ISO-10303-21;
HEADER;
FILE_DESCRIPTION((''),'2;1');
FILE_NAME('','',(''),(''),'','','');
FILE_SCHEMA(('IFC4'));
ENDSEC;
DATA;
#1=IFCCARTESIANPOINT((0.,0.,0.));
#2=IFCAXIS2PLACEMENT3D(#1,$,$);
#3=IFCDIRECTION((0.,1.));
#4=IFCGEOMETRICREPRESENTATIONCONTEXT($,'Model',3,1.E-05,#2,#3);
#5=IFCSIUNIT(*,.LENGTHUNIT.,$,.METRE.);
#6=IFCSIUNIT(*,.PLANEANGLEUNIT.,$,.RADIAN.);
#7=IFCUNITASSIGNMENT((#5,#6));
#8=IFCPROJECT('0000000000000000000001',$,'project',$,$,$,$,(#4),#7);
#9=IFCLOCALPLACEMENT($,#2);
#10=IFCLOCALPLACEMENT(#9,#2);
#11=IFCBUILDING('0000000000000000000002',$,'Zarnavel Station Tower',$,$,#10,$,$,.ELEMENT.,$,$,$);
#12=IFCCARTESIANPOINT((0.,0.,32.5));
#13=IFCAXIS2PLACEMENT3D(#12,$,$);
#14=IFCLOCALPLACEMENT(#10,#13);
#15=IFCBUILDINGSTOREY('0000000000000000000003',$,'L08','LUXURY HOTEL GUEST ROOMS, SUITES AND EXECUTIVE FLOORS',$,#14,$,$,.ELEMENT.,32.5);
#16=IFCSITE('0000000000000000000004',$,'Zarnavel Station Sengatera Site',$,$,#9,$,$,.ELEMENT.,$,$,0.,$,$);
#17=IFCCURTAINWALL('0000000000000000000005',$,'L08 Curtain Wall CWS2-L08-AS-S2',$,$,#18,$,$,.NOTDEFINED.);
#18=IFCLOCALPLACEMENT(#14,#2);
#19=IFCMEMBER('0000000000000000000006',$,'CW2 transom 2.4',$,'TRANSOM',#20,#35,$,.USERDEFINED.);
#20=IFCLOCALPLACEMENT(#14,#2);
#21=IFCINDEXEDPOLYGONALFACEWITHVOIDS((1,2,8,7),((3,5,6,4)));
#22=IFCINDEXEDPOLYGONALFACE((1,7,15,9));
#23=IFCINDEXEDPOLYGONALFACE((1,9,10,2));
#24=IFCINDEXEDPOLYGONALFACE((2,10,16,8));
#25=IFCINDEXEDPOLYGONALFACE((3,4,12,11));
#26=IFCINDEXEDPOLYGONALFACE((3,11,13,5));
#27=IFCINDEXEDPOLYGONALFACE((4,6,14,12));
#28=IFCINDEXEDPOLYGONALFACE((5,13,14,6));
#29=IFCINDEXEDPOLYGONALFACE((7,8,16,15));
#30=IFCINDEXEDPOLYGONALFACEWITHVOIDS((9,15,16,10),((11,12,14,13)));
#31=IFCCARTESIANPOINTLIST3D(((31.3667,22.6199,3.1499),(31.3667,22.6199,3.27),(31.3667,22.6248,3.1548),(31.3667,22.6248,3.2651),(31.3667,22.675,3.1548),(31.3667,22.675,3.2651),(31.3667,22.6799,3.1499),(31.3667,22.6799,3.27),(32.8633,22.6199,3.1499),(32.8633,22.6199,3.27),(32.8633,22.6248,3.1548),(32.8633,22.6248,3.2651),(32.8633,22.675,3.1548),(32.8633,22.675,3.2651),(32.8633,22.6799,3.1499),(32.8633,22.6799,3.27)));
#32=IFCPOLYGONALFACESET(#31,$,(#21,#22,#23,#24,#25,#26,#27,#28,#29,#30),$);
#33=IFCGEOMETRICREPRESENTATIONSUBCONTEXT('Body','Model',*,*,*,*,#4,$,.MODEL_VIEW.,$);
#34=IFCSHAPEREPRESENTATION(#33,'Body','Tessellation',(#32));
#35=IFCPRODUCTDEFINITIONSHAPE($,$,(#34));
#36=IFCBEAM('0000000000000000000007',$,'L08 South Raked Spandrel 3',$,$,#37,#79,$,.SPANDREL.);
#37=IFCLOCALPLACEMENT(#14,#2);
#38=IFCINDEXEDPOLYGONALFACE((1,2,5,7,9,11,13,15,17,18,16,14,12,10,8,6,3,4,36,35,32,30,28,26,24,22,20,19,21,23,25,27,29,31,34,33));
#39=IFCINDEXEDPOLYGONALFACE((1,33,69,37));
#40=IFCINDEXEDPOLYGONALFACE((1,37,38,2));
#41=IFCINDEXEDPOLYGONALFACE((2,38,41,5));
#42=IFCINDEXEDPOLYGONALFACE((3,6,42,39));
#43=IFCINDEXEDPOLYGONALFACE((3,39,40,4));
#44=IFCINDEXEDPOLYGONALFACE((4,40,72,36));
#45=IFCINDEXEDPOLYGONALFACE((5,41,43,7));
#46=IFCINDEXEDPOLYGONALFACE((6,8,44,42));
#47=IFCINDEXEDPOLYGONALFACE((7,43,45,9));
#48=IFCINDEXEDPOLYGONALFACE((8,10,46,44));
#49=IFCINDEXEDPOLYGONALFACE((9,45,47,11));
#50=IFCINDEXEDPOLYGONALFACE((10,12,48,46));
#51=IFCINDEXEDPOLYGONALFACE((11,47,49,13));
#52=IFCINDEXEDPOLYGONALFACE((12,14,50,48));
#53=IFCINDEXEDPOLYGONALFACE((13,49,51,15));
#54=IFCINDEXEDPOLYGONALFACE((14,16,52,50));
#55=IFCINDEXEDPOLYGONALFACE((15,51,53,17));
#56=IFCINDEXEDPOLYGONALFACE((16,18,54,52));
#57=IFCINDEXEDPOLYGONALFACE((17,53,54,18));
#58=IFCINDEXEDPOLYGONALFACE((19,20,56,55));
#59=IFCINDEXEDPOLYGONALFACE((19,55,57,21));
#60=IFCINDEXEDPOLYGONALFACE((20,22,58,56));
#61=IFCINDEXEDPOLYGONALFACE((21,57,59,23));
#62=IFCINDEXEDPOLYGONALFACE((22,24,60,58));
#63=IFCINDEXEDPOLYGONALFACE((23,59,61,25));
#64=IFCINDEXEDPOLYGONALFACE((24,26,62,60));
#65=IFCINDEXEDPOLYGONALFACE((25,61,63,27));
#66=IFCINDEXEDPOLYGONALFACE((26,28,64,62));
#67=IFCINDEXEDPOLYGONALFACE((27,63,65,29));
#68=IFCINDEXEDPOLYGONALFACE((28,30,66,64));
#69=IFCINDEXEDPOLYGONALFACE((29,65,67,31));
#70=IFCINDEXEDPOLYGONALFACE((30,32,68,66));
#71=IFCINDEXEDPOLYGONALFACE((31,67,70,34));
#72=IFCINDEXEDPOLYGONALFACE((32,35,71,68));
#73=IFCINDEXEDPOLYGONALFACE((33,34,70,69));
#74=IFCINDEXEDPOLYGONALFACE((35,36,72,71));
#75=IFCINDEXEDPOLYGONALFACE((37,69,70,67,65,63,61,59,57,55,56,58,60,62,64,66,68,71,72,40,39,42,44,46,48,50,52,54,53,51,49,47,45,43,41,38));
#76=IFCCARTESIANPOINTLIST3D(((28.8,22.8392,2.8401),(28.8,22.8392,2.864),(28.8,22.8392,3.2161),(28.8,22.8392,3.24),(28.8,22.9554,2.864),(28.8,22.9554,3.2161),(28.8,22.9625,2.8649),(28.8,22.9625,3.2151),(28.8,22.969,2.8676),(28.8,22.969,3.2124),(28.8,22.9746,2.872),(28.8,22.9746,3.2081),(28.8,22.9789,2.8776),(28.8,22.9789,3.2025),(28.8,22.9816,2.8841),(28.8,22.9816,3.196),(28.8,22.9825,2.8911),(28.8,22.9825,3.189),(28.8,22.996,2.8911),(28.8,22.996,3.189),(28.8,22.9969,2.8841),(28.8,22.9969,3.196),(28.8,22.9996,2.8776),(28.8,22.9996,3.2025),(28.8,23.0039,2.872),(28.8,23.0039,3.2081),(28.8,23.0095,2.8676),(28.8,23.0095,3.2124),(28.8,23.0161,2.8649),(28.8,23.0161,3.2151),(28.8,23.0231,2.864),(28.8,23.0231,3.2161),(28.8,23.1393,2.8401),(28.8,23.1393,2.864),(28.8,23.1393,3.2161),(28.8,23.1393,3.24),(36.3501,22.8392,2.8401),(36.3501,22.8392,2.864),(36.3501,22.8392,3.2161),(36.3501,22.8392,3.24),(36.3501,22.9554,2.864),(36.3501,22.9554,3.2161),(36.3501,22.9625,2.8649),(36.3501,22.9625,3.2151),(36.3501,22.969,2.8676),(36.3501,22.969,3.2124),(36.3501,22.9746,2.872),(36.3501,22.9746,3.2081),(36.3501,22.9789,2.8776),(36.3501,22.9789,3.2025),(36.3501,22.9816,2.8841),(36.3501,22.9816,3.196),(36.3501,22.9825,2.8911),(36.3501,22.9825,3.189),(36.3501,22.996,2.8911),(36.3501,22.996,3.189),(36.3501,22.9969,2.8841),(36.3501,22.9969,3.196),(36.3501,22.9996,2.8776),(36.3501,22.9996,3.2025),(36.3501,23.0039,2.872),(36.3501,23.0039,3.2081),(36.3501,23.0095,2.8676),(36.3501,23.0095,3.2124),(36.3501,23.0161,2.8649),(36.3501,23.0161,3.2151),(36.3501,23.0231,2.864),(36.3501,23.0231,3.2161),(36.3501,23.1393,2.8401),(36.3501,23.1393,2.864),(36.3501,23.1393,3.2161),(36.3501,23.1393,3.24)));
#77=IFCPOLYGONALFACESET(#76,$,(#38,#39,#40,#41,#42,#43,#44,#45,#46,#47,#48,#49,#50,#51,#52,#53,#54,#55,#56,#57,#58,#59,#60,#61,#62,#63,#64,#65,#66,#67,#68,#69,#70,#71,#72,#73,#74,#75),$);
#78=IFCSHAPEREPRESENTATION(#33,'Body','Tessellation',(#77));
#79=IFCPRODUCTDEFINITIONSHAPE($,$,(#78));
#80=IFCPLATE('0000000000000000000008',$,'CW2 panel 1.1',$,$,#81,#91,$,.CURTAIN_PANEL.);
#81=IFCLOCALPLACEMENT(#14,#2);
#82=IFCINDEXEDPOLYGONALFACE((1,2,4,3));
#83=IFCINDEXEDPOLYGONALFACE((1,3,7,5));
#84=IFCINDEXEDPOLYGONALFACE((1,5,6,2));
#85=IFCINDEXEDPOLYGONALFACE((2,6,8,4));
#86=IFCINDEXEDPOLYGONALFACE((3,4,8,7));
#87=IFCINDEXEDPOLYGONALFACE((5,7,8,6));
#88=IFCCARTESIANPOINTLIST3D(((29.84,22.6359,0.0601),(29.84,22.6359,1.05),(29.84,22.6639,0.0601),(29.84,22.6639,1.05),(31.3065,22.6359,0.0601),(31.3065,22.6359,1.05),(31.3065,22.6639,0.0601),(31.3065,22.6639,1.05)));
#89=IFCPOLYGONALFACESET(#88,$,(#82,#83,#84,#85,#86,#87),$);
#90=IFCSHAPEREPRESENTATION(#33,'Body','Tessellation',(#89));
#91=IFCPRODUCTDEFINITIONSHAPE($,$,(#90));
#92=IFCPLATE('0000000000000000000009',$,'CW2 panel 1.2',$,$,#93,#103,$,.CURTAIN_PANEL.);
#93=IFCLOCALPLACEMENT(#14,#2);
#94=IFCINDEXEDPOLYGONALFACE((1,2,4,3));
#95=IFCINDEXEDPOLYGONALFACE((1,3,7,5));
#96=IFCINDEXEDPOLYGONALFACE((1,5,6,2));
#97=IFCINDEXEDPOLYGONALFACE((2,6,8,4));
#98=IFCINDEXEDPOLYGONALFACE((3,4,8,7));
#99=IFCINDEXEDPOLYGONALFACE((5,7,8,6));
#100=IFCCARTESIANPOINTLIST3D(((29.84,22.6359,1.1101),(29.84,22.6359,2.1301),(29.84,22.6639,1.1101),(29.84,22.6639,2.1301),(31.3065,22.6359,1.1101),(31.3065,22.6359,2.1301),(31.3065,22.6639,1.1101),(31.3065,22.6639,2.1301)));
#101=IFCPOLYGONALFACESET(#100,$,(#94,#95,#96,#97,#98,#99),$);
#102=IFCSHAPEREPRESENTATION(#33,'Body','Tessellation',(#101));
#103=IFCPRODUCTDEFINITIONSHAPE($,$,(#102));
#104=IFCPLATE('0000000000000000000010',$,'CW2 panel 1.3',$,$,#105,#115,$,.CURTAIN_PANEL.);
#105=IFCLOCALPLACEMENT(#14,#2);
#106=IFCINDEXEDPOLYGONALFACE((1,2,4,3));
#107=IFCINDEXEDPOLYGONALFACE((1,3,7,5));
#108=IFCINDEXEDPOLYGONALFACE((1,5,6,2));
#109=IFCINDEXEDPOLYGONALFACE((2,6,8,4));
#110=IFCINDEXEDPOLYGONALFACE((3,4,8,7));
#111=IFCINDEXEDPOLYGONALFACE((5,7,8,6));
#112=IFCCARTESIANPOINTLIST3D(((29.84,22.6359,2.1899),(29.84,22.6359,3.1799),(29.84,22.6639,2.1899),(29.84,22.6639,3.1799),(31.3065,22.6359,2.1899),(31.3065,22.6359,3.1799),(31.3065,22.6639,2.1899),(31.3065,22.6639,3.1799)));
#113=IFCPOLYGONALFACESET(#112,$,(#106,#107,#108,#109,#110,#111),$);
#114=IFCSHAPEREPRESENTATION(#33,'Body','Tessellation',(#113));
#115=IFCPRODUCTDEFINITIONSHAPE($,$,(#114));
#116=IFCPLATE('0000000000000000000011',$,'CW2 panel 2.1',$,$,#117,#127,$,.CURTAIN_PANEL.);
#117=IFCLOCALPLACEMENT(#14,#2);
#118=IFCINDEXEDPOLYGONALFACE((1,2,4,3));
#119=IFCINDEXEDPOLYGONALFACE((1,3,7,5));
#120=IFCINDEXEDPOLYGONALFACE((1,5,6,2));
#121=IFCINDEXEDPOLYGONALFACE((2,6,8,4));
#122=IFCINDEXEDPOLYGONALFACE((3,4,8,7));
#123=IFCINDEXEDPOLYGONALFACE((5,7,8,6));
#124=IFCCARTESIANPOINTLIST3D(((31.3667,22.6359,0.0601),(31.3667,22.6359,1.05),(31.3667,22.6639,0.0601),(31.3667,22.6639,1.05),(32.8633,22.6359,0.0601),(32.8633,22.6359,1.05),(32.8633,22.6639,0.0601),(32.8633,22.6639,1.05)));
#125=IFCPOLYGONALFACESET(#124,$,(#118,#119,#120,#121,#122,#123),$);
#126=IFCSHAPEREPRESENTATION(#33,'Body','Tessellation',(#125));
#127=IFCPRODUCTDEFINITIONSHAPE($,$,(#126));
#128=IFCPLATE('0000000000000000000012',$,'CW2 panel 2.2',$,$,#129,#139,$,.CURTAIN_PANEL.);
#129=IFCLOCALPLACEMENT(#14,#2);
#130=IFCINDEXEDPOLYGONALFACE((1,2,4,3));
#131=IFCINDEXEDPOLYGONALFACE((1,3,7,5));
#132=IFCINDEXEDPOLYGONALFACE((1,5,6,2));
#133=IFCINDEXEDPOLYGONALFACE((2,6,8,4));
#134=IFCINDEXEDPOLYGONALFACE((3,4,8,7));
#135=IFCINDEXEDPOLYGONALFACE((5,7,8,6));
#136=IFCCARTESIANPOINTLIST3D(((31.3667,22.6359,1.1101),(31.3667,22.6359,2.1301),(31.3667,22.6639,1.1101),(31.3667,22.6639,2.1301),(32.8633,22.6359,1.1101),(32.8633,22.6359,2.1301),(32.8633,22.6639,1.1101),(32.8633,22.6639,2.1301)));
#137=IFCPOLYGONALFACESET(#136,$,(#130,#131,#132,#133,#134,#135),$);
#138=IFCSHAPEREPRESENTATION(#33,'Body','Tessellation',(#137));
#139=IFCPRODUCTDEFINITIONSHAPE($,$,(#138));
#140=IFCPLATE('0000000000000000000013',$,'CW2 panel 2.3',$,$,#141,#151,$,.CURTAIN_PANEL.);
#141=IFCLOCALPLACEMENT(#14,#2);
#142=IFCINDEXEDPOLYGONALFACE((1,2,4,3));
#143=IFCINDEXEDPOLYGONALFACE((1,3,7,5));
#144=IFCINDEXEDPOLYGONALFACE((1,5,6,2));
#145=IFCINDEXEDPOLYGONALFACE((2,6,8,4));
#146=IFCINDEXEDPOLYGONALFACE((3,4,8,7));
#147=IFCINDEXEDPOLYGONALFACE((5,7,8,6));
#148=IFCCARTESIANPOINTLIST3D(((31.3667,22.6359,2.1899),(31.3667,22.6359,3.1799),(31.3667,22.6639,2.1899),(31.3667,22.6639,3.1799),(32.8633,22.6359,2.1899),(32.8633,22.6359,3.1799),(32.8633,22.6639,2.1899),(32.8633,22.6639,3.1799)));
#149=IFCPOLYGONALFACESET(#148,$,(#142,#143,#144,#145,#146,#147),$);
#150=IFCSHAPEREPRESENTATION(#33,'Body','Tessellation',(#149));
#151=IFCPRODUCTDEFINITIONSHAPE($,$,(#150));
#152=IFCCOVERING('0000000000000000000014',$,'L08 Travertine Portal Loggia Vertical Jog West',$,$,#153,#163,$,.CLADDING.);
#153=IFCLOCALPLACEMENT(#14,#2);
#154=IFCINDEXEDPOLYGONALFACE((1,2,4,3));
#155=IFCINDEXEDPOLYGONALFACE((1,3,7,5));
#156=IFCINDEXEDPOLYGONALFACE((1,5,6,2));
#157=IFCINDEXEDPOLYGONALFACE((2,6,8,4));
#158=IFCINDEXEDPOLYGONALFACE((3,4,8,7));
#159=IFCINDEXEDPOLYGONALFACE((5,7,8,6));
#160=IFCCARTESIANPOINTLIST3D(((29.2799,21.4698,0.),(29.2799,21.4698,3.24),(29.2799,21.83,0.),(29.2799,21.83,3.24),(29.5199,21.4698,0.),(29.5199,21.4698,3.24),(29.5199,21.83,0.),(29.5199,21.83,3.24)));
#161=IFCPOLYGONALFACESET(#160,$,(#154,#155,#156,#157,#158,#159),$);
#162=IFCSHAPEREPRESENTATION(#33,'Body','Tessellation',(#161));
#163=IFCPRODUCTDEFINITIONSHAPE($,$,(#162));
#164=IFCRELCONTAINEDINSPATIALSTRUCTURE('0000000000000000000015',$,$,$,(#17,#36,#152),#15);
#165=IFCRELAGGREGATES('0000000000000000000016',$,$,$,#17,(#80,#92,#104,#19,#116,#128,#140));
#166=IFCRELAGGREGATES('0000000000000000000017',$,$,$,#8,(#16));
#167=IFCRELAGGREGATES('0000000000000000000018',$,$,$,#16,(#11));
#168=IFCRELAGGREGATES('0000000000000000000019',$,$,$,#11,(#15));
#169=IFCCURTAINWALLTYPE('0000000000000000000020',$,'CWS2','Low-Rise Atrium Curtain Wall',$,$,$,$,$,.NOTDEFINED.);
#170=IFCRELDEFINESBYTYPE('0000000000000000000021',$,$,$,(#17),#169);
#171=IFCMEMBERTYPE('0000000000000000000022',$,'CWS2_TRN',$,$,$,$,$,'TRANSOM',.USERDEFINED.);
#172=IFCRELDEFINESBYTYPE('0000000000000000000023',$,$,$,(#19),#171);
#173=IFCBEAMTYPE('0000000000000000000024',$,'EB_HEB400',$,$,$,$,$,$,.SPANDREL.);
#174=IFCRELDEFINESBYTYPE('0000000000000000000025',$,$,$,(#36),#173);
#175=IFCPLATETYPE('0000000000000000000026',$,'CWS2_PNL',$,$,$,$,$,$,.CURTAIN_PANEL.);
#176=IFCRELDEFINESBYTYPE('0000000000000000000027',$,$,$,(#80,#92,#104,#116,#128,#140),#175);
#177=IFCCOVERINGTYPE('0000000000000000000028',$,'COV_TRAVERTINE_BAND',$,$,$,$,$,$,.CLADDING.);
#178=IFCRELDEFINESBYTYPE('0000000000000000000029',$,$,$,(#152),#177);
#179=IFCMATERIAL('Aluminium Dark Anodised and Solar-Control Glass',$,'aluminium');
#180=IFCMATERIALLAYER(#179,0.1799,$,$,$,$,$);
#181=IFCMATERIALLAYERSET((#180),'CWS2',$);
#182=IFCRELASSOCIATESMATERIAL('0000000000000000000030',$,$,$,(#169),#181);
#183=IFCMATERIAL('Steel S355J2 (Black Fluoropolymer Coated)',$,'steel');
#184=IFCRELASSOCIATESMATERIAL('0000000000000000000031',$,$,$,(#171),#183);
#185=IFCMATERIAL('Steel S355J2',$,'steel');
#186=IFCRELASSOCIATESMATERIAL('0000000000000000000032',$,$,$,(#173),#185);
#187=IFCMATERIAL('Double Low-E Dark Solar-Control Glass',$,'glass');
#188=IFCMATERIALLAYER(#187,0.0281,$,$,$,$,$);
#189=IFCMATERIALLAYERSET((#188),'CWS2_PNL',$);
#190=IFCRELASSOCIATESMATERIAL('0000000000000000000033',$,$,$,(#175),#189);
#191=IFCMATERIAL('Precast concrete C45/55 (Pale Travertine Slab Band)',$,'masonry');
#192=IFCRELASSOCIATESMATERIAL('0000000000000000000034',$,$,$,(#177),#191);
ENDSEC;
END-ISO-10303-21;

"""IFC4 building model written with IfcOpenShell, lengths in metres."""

from ifc_helpers import new_model, si_unit, direction, frame, origin, origin_2d, place, context, subcontext, project, spatial, rectangle, hollow_rectangle, i_section, extrude, material, layer, layer_set, material_profile, profile_set, type_object, element, aggregate, save


model = new_model("IFC4")

# Units and contexts
model_context = context("Model", 3, precision=1e-05, world=origin(), true_north=direction((0.0, 1.0)))
body_context = subcontext(model_context, "Body", "Model", "MODEL_VIEW")
ifc_project = project(units=[si_unit("LENGTHUNIT", "METRE"), si_unit("PLANEANGLEUNIT", "RADIAN")], contexts=[model_context])

# Site, building, storey
site_placement = place(None, origin())
site = spatial("IfcSite", under=ifc_project, at=site_placement, Name="Zarnavel Station Sengatera Site", CompositionType="ELEMENT", RefElevation=0.0)
building_placement = place(site_placement, origin())
building = spatial("IfcBuilding", under=site, at=building_placement, Name="Zarnavel Station Tower", CompositionType="ELEMENT")
storey_placement = place(building_placement, frame((0.0, 0.0, 32.5)))
storey = spatial("IfcBuildingStorey", under=building, at=storey_placement, Name="L08", Description="LUXURY HOTEL GUEST ROOMS, SUITES AND EXECUTIVE FLOORS", CompositionType="ELEMENT", Elevation=32.5)

# Shared definitions
ifc_material_1 = material(Name="Aluminium Dark Anodised and Solar-Control Glass", Category="aluminium")
ifc_layer_1 = layer(ifc_material_1, 0.1799)
ifc_layer_set_1 = layer_set([ifc_layer_1], Name="CWS2")
curtain_wall_type = type_object("IfcCurtainWallType", Name="CWS2", Description="Low-Rise Atrium Curtain Wall", PredefinedType="NOTDEFINED", material=ifc_layer_set_1)

# Curtain wall, member
curtain_wall_1_placement = place(storey_placement, origin())
curtain_wall_1 = element("IfcCurtainWall", 1, at=curtain_wall_1_placement, inside=storey, type_object=curtain_wall_type, Name="L08 Curtain Wall CWS2-L08-AS-S2", PredefinedType="NOTDEFINED")
ifc_material_2 = material(Name="Steel S355J2 (Black Fluoropolymer Coated)", Category="steel")
ifc_material_profile_1 = material_profile(ifc_material_2, hollow_rectangle(XDim=0.0601, YDim=0.1201, WallThickness=0.0049, at=origin_2d()), Name="RHS120x60x5")
ifc_profile_set_1 = profile_set([ifc_material_profile_1], Name="Steel S355J2 (Black Fluoropolymer Coated)")
member_type_1 = type_object("IfcMemberType", Name="CWS2_TRN", ElementType="TRANSOM", PredefinedType="USERDEFINED", material=ifc_profile_set_1)
member_1_placement = place(storey_placement, frame((31.3667, 22.6499, 3.21), z_axis=(1.0, 0.0, 0.0), x_axis=(0.0, 1.0, 0.0)))
member_1 = element("IfcMember", 2, at=member_1_placement, type_object=member_type_1, Name="CW2 transom 2.4", ObjectType="TRANSOM", PredefinedType="USERDEFINED", context=body_context, shape_type="SweptSolid", body=[
    extrude(hollow_rectangle(XDim=0.0601, YDim=0.1201, WallThickness=0.0049, at=origin_2d()), origin(), (0.0, 0.0, 1.0), 1.4966),
])

# Beam
ifc_material_3 = material(Name="Steel S355J2", Category="steel")
ifc_material_profile_2 = material_profile(ifc_material_3, i_section(OverallWidth=0.3, OverallDepth=0.3999, WebThickness=0.0134, FlangeThickness=0.0239, FilletRadius=0.0271, at=origin_2d()), Name="HEB400")
ifc_profile_set_2 = profile_set([ifc_material_profile_2], Name="Steel S355J2")
beam_type = type_object("IfcBeamType", Name="EB_HEB400", PredefinedType="SPANDREL", material=ifc_profile_set_2)
beam_placement = place(storey_placement, frame((28.8, 22.9893, 3.04), z_axis=(1.0, 0.0, 0.0), x_axis=(0.0, 1.0, 0.0)))
element("IfcBeam", 3, at=beam_placement, inside=storey, type_object=beam_type, Name="L08 South Raked Spandrel 3", PredefinedType="SPANDREL", context=body_context, shape_type="SweptSolid", body=[
    extrude(i_section(OverallWidth=0.3, OverallDepth=0.3999, WebThickness=0.0134, FlangeThickness=0.0239, FilletRadius=0.0271, at=origin_2d()), origin(), (0.0, 0.0, 1.0), 7.55),
])

# Plates
ifc_material_4 = material(Name="Double Low-E Dark Solar-Control Glass", Category="glass")
ifc_layer_2 = layer(ifc_material_4, 0.0281)
ifc_layer_set_2 = layer_set([ifc_layer_2], Name="CWS2_PNL")
plate_type = type_object("IfcPlateType", Name="CWS2_PNL", PredefinedType="CURTAIN_PANEL", material=ifc_layer_set_2)
plate_1_placement = place(storey_placement, frame((30.5732, 22.6499, 0.0601), z_axis=(0.0, 0.0, 1.0), x_axis=(1.0, 0.0, 0.0)))
plate_1 = element("IfcPlate", 4, at=plate_1_placement, type_object=plate_type, Name="CW2 panel 1.1", PredefinedType="CURTAIN_PANEL", context=body_context, shape_type="SweptSolid", body=[
    extrude(rectangle(XDim=1.4666, YDim=0.0281, at=origin_2d()), origin(), (0.0, 0.0, 1.0), 0.99),
])
plate_2_placement = place(storey_placement, frame((30.5732, 22.6499, 1.1101), z_axis=(0.0, 0.0, 1.0), x_axis=(1.0, 0.0, 0.0)))
plate_2 = element("IfcPlate", 5, at=plate_2_placement, type_object=plate_type, Name="CW2 panel 1.2", PredefinedType="CURTAIN_PANEL", context=body_context, shape_type="SweptSolid", body=[
    extrude(rectangle(XDim=1.4666, YDim=0.0281, at=origin_2d()), origin(), (0.0, 0.0, 1.0), 1.02),
])
plate_3_placement = place(storey_placement, frame((30.5732, 22.6499, 2.1899), z_axis=(0.0, 0.0, 1.0), x_axis=(1.0, 0.0, 0.0)))
plate_3 = element("IfcPlate", 6, at=plate_3_placement, type_object=plate_type, Name="CW2 panel 1.3", PredefinedType="CURTAIN_PANEL", context=body_context, shape_type="SweptSolid", body=[
    extrude(rectangle(XDim=1.4666, YDim=0.0281, at=origin_2d()), origin(), (0.0, 0.0, 1.0), 0.99),
])
plate_4_placement = place(storey_placement, frame((32.115, 22.6499, 0.0601), z_axis=(0.0, 0.0, 1.0), x_axis=(1.0, 0.0, 0.0)))
plate_4 = element("IfcPlate", 7, at=plate_4_placement, type_object=plate_type, Name="CW2 panel 2.1", PredefinedType="CURTAIN_PANEL", context=body_context, shape_type="SweptSolid", body=[
    extrude(rectangle(XDim=1.4966, YDim=0.0281, at=origin_2d()), origin(), (0.0, 0.0, 1.0), 0.99),
])
plate_5_placement = place(storey_placement, frame((32.115, 22.6499, 1.1101), z_axis=(0.0, 0.0, 1.0), x_axis=(1.0, 0.0, 0.0)))
plate_5 = element("IfcPlate", 8, at=plate_5_placement, type_object=plate_type, Name="CW2 panel 2.2", PredefinedType="CURTAIN_PANEL", context=body_context, shape_type="SweptSolid", body=[
    extrude(rectangle(XDim=1.4966, YDim=0.0281, at=origin_2d()), origin(), (0.0, 0.0, 1.0), 1.02),
])
plate_6_placement = place(storey_placement, frame((32.115, 22.6499, 2.1899), z_axis=(0.0, 0.0, 1.0), x_axis=(1.0, 0.0, 0.0)))
plate_6 = element("IfcPlate", 9, at=plate_6_placement, type_object=plate_type, Name="CW2 panel 2.3", PredefinedType="CURTAIN_PANEL", context=body_context, shape_type="SweptSolid", body=[
    extrude(rectangle(XDim=1.4966, YDim=0.0281, at=origin_2d()), origin(), (0.0, 0.0, 1.0), 0.99),
])
aggregate(curtain_wall_1, [plate_1, plate_2, plate_3, member_1, plate_4, plate_5, plate_6])

# Covering
ifc_material_5 = material(Name="Precast concrete C45/55 (Pale Travertine Slab Band)", Category="masonry")
covering_type = type_object("IfcCoveringType", Name="COV_TRAVERTINE_BAND", PredefinedType="CLADDING", material=ifc_material_5)
covering_placement = place(storey_placement, frame((29.3999, 21.6499, 0.0), z_axis=(0.0, 0.0, 1.0), x_axis=(1.0, 0.0, 0.0)))
element("IfcCovering", 10, at=covering_placement, inside=storey, type_object=covering_type, Name="L08 Travertine Portal Loggia Vertical Jog West", PredefinedType="CLADDING", context=body_context, shape_type="SweptSolid", body=[
    extrude(rectangle(XDim=0.24, YDim=0.3601, at=origin_2d()), origin(), (0.0, 0.0, 1.0), 3.24),
])

save(model, "model.ifc")
